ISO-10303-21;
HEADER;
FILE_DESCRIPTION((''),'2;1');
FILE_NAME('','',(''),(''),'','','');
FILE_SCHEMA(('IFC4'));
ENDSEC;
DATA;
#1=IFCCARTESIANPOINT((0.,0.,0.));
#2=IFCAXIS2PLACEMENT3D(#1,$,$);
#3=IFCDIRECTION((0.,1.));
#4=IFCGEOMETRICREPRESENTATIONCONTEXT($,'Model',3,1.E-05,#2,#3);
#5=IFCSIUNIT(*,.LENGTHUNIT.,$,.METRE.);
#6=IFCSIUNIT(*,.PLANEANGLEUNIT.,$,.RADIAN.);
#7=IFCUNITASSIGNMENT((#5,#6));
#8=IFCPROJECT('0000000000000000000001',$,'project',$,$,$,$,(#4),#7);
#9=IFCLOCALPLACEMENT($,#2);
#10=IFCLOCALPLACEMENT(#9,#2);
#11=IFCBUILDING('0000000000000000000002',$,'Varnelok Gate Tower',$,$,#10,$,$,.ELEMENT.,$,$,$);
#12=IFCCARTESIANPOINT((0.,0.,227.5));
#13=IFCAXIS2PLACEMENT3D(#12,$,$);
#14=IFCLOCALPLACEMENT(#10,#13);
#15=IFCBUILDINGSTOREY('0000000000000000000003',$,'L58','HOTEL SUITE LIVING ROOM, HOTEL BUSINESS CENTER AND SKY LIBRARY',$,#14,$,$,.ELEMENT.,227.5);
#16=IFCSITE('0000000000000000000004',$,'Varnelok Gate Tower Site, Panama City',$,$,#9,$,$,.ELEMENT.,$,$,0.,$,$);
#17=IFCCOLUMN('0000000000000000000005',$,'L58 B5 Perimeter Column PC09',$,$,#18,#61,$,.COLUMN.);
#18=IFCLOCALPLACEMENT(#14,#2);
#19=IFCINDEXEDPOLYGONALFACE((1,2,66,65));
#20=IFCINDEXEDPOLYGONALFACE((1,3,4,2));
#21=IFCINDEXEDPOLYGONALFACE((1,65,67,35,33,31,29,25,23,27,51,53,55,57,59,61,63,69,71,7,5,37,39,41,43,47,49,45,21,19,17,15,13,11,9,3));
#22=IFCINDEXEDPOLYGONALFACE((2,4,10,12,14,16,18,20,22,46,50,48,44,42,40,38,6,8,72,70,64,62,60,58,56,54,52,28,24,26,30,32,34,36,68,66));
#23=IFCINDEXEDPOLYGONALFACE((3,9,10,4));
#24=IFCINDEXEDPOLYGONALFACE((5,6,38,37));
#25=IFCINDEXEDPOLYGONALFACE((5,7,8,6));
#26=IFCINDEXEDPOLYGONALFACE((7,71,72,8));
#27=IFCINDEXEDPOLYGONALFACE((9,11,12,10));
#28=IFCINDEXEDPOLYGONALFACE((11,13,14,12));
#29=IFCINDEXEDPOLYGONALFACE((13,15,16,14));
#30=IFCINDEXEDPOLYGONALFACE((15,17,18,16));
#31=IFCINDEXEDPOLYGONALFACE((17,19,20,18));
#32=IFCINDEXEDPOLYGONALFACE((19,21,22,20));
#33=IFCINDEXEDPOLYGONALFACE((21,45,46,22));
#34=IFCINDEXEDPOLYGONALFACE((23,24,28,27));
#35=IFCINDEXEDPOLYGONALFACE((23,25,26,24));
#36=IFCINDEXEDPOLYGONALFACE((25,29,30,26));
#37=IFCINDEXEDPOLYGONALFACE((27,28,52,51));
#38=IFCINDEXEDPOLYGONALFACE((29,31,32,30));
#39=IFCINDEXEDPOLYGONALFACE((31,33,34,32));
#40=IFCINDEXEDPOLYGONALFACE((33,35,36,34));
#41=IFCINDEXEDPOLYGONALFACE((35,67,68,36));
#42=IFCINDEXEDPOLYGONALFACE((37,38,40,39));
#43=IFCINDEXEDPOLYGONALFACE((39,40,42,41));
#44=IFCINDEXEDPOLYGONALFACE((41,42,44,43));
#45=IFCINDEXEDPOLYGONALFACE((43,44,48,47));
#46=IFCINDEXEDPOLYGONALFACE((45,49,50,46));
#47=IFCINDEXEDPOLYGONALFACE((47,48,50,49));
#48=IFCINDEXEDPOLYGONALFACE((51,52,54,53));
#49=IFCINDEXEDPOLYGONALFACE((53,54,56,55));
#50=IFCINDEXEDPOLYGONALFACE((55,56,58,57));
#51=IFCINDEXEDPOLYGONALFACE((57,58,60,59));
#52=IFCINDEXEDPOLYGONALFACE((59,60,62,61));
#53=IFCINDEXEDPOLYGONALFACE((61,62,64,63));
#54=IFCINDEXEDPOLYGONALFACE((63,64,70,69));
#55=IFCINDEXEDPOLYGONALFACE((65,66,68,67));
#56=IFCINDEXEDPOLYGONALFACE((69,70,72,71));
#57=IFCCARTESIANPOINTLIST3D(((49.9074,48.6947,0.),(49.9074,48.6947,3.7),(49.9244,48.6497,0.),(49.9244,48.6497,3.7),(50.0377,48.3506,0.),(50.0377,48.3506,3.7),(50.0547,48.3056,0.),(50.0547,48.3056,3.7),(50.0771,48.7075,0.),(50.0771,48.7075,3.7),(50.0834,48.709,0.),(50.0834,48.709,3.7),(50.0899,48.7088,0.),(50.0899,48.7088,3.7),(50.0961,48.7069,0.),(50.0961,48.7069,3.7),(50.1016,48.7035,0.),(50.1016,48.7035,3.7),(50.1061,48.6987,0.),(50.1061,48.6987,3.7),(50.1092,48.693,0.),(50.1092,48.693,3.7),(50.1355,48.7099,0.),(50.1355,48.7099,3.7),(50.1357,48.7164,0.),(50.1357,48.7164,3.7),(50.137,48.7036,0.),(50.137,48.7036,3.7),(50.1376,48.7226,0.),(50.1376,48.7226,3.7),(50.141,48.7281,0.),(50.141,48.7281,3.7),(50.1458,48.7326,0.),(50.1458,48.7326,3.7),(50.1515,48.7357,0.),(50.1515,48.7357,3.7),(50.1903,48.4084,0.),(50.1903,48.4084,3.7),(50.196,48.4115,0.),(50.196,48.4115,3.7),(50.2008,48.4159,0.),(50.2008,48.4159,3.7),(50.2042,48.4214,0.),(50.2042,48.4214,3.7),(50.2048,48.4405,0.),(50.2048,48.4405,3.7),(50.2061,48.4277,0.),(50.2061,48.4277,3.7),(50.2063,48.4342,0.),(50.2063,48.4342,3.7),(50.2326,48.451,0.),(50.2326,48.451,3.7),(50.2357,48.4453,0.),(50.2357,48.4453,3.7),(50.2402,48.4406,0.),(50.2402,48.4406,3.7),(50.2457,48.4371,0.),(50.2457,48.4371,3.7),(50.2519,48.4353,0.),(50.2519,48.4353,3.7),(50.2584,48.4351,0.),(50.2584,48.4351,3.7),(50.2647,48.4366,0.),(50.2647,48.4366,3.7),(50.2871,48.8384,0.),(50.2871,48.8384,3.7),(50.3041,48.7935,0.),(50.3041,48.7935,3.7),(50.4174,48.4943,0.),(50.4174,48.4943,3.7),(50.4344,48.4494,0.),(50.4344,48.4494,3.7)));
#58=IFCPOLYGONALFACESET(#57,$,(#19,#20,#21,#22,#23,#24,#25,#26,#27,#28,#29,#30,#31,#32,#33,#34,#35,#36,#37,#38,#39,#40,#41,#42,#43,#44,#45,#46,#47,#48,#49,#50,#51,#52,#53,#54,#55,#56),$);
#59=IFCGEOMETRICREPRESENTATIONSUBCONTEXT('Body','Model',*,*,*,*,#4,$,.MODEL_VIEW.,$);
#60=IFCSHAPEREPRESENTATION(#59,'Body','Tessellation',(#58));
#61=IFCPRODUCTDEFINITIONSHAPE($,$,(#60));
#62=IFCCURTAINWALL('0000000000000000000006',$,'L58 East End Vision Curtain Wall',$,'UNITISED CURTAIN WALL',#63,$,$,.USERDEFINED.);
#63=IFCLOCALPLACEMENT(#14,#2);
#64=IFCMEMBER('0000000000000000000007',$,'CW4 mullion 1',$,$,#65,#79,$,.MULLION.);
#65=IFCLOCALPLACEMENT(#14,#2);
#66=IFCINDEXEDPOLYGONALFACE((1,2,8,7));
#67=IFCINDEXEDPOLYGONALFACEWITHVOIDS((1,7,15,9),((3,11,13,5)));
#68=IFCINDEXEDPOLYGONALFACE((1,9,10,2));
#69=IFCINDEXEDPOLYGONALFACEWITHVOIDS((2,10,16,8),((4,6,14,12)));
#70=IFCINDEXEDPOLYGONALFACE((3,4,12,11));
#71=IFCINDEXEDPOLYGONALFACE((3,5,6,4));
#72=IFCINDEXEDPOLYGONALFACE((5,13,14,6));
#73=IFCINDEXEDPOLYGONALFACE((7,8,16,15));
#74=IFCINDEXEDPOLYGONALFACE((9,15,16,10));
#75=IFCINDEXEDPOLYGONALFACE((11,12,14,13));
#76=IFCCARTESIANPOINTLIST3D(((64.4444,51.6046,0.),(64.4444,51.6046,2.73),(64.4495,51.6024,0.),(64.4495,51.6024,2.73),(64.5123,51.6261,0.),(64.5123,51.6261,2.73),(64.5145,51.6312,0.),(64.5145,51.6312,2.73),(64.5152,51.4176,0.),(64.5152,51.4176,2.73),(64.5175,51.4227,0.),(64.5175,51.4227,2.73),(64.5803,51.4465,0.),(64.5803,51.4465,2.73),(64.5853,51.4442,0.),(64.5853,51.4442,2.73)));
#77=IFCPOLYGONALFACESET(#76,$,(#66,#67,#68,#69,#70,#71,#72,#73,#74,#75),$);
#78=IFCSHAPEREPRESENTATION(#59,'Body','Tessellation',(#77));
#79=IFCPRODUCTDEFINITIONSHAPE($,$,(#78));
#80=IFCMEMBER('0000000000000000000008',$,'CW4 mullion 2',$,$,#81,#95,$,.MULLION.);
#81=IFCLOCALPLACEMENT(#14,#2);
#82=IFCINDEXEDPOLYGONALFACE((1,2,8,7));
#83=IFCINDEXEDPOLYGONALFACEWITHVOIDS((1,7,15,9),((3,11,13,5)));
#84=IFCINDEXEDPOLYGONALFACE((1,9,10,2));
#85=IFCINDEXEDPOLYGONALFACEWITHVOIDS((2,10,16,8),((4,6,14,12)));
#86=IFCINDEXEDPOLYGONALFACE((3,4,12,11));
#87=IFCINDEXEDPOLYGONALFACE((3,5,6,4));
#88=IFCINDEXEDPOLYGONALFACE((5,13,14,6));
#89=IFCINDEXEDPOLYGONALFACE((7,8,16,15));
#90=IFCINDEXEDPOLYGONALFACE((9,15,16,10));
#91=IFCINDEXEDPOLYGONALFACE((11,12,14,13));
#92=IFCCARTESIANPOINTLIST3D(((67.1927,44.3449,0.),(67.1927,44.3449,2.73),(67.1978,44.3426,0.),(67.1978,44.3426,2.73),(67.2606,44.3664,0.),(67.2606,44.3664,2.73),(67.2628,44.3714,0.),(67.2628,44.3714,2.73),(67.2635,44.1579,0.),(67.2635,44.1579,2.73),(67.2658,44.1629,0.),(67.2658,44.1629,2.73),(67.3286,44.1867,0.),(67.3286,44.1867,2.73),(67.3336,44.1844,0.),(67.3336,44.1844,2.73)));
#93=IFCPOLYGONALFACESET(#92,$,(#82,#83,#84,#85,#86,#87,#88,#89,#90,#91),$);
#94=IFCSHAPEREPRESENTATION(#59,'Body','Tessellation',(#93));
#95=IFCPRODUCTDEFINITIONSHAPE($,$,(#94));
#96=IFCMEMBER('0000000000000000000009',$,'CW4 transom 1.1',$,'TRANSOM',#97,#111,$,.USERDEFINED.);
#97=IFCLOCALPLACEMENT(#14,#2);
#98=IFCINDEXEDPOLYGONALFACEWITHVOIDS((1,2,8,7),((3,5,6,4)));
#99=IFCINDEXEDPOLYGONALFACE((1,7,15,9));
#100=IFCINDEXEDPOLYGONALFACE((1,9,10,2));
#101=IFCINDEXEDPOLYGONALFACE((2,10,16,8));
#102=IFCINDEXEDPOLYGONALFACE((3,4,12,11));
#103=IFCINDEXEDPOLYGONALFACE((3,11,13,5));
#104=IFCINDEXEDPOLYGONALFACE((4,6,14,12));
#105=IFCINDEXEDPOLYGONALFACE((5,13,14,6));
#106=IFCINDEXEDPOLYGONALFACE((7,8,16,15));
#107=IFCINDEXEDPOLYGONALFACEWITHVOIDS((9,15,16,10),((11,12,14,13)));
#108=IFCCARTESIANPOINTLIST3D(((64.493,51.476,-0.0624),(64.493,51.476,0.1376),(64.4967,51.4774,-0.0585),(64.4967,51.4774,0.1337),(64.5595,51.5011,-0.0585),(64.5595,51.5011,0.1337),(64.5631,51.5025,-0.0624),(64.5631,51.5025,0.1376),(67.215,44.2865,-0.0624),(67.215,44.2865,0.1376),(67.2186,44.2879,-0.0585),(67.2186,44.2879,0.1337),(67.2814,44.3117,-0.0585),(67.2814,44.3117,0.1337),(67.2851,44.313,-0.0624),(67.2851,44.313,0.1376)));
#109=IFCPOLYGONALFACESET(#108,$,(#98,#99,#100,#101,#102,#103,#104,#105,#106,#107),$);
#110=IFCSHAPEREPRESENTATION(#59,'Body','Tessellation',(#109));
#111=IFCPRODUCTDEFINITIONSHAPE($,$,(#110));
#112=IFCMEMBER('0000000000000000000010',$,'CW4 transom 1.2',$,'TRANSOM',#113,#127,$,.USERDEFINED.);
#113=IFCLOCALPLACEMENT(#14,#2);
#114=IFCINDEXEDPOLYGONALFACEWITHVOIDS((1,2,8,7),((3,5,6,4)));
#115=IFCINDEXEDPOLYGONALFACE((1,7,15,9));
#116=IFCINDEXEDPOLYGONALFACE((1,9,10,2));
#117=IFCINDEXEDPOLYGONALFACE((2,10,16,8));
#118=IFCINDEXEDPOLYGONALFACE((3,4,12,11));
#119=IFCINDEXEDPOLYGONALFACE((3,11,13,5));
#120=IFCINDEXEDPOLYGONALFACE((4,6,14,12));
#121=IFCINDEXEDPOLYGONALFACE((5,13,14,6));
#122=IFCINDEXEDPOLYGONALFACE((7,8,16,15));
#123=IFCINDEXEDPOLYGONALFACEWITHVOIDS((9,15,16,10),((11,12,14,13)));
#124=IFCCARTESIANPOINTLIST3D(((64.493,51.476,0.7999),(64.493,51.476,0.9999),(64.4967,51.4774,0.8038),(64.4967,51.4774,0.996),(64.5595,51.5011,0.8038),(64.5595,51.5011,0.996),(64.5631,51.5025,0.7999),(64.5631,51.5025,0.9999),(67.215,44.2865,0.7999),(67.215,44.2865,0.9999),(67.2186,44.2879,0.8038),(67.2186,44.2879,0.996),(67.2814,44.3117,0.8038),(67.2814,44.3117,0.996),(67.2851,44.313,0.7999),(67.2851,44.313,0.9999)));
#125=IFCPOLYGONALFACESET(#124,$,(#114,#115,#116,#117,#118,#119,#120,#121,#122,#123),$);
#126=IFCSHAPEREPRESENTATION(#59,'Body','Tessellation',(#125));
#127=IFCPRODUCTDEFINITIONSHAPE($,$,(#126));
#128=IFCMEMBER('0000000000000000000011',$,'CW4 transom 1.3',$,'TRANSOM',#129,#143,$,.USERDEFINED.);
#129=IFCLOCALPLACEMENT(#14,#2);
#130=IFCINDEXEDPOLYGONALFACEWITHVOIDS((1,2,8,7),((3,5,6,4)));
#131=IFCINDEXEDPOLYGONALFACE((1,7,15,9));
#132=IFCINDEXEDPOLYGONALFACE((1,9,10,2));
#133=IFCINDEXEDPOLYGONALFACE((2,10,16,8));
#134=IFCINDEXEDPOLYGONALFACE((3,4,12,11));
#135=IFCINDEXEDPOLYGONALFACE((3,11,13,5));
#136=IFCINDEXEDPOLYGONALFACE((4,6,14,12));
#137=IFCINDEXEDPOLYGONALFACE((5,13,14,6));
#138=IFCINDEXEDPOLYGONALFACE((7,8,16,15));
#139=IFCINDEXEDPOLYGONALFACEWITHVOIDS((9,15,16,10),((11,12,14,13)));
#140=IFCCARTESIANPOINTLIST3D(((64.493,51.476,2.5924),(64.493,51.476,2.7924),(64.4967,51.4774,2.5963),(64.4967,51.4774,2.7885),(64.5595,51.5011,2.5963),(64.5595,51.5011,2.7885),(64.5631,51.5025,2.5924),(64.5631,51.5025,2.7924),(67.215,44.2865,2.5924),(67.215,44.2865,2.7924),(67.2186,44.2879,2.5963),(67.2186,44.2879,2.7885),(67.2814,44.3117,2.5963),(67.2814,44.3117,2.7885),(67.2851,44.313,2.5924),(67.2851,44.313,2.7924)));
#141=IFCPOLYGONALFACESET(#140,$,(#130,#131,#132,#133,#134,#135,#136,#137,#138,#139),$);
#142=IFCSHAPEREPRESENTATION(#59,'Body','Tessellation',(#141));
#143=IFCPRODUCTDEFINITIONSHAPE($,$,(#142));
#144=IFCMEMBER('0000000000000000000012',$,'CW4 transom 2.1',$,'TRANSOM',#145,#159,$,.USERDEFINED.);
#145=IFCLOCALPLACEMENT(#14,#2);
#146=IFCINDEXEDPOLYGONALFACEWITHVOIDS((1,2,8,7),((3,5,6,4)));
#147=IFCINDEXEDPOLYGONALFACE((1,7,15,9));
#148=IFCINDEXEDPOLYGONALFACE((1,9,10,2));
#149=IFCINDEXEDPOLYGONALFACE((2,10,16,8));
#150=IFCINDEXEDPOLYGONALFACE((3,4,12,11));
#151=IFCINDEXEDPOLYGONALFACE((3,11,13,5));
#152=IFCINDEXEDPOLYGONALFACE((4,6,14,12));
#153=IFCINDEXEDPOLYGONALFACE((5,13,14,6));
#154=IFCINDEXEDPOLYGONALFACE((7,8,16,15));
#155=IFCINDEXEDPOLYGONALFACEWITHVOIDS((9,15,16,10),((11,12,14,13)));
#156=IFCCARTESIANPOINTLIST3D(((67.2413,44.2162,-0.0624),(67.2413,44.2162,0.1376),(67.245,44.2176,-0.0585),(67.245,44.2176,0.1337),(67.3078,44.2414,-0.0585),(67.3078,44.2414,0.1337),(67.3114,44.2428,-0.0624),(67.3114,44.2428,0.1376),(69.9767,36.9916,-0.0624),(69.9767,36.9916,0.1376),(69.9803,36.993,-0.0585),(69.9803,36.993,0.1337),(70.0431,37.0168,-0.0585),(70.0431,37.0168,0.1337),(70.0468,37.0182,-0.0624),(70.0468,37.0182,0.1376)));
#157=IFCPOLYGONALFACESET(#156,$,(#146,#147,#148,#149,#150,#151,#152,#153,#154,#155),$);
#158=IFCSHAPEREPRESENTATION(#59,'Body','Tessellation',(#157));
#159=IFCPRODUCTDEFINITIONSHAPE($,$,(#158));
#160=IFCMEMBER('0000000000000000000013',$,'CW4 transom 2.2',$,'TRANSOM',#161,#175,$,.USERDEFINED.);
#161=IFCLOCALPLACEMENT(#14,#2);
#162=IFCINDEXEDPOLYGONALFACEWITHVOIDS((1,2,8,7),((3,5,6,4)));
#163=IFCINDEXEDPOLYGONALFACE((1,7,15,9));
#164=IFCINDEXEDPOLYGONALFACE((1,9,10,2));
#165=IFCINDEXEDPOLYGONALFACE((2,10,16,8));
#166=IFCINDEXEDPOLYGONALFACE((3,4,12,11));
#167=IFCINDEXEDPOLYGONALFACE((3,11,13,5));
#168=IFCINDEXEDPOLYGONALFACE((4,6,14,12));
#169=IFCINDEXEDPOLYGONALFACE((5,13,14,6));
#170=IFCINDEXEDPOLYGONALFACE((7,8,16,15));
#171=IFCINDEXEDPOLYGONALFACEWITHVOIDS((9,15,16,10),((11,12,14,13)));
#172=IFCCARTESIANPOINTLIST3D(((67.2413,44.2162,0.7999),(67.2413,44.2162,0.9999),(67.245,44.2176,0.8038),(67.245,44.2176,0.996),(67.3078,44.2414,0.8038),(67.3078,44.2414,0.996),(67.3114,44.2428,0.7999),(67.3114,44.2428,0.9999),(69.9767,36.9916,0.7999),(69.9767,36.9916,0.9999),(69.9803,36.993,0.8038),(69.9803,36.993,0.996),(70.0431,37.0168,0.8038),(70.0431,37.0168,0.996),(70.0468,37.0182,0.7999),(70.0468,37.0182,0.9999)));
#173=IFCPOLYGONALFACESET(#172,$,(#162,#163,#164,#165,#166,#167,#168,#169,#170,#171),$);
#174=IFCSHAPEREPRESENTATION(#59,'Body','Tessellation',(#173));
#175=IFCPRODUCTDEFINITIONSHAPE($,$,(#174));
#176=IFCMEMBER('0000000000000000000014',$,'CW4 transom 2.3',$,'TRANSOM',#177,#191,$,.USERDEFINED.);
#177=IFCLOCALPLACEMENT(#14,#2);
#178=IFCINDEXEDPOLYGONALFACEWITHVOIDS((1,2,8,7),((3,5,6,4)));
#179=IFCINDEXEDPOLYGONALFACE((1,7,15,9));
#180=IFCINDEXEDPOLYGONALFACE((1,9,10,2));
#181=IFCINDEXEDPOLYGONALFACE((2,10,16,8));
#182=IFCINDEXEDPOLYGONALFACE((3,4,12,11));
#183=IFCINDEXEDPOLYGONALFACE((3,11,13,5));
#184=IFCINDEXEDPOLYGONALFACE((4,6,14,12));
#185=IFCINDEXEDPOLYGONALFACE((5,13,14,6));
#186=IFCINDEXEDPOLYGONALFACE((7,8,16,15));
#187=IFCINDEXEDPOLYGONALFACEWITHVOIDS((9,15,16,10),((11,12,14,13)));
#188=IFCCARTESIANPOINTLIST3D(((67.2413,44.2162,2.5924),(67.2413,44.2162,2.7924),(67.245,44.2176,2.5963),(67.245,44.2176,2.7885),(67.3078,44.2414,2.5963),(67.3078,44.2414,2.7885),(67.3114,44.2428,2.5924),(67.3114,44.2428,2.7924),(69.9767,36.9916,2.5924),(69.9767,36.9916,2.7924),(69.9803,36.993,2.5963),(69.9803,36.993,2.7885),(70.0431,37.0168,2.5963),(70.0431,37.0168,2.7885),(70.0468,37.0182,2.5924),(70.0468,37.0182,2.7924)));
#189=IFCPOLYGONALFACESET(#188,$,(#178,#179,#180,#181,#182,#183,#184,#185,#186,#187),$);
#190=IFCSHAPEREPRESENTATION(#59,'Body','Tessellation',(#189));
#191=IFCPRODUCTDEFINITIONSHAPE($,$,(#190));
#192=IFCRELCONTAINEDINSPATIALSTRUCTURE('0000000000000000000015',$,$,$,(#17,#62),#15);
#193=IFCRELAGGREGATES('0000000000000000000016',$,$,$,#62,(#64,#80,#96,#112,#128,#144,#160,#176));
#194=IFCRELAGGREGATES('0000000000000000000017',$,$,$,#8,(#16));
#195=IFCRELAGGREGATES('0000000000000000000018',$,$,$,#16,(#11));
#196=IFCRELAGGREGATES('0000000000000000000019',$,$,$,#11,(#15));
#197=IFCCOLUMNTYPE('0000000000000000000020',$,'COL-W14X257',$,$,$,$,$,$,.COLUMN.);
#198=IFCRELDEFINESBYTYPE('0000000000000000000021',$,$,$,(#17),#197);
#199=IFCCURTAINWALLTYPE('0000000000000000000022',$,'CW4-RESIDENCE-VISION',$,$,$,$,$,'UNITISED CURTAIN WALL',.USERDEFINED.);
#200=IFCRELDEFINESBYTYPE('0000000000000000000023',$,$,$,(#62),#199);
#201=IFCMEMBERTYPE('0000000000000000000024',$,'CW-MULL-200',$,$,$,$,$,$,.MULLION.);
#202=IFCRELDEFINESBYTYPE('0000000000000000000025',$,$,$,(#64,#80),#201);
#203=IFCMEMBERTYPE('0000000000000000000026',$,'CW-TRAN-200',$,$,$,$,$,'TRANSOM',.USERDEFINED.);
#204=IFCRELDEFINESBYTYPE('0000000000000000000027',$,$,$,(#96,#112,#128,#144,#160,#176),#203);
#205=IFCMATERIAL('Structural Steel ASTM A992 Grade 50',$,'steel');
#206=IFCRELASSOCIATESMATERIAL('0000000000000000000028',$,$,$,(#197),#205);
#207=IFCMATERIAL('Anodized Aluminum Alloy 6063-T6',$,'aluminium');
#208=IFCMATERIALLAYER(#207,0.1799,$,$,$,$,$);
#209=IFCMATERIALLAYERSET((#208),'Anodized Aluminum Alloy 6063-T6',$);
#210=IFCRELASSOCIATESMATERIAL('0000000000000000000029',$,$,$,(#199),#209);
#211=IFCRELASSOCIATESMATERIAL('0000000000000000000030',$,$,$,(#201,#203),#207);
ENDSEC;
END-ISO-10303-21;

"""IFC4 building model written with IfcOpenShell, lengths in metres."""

from ifc_helpers import new_model, si_unit, direction, frame, origin, origin_2d, place, context, subcontext, project, spatial, hollow_rectangle, i_section, extrude, material, layer, layer_set, material_profile, profile_set, type_object, element, aggregate, save


model = new_model("IFC4")

# Units and contexts
model_context = context("Model", 3, precision=1e-05, world=origin(), true_north=direction((0.0, 1.0)))
body_context = subcontext(model_context, "Body", "Model", "MODEL_VIEW")
ifc_project = project(units=[si_unit("LENGTHUNIT", "METRE"), si_unit("PLANEANGLEUNIT", "RADIAN")], contexts=[model_context])

# Site, building, storey
site_placement = place(None, origin())
site = spatial("IfcSite", under=ifc_project, at=site_placement, Name="Varnelok Gate Tower Site, Panama City", CompositionType="ELEMENT", RefElevation=0.0)
building_placement = place(site_placement, origin())
building = spatial("IfcBuilding", under=site, at=building_placement, Name="Varnelok Gate Tower", CompositionType="ELEMENT")
storey_placement = place(building_placement, frame((0.0, 0.0, 227.5)))
storey = spatial("IfcBuildingStorey", under=building, at=storey_placement, Name="L58", Description="HOTEL SUITE LIVING ROOM, HOTEL BUSINESS CENTER AND SKY LIBRARY", CompositionType="ELEMENT", Elevation=227.5)

# Column
ifc_material_1 = material(Name="Structural Steel ASTM A992 Grade 50", Category="steel")
ifc_material_profile_1 = material_profile(ifc_material_1, i_section(OverallWidth=0.406, OverallDepth=0.416, WebThickness=0.0298, FlangeThickness=0.0481, FilletRadius=0.0249, at=origin_2d()), Name="W14X257")
ifc_profile_set_1 = profile_set([ifc_material_profile_1], Name="Structural Steel ASTM A992 Grade 50")
column_type = type_object("IfcColumnType", Name="COL-W14X257", PredefinedType="COLUMN", material=ifc_profile_set_1)
column_placement = place(storey_placement, frame((50.1709, 48.572, 0.0), z_axis=(0.0, 0.0, 1.0), x_axis=(0.935222, 0.354063, 0.0)))
element("IfcColumn", 1, at=column_placement, inside=storey, type_object=column_type, Name="L58 B5 Perimeter Column PC09", PredefinedType="COLUMN", context=body_context, shape_type="SweptSolid", body=[
    extrude(i_section(OverallWidth=0.406, OverallDepth=0.416, WebThickness=0.0298, FlangeThickness=0.0481, FilletRadius=0.0249, at=origin_2d()), origin(), (0.0, 0.0, 1.0), 3.7),
])

# Curtain wall, members
ifc_material_2 = material(Name="Anodized Aluminum Alloy 6063-T6", Category="aluminium")
ifc_layer_1 = layer(ifc_material_2, 0.1799)
ifc_layer_set_1 = layer_set([ifc_layer_1], Name="Anodized Aluminum Alloy 6063-T6")
curtain_wall_type = type_object("IfcCurtainWallType", Name="CW4-RESIDENCE-VISION", ElementType="UNITISED CURTAIN WALL", PredefinedType="USERDEFINED", material=ifc_layer_set_1)
curtain_wall_placement = place(storey_placement, origin())
curtain_wall = element("IfcCurtainWall", 2, at=curtain_wall_placement, inside=storey, type_object=curtain_wall_type, Name="L58 East End Vision Curtain Wall", ObjectType="UNITISED CURTAIN WALL", PredefinedType="USERDEFINED")
ifc_material_profile_2 = material_profile(ifc_material_2, hollow_rectangle(XDim=0.075, YDim=0.2, WallThickness=0.0039, at=origin_2d()), Name="ALU200X75X4")
ifc_profile_set_2 = profile_set([ifc_material_profile_2], Name="Anodized Aluminum Alloy 6063-T6")
member_type_1 = type_object("IfcMemberType", Name="CW-MULL-200", PredefinedType="MULLION", material=ifc_profile_set_2)
member_1_placement = place(storey_placement, frame((64.5149, 51.5244, 0.0), z_axis=(0.0, 0.0, 1.0), x_axis=(0.935222, 0.354063, 0.0)))
member_1 = element("IfcMember", 3, at=member_1_placement, type_object=member_type_1, Name="CW4 mullion 1", PredefinedType="MULLION", context=body_context, shape_type="SweptSolid", body=[
    extrude(hollow_rectangle(XDim=0.075, YDim=0.2, WallThickness=0.0039, at=origin_2d()), origin(), (0.0, 0.0, 1.0), 2.73),
])
member_2_placement = place(storey_placement, frame((67.2632, 44.2646, 0.0), z_axis=(0.0, 0.0, 1.0), x_axis=(0.935222, 0.354063, 0.0)))
member_2 = element("IfcMember", 4, at=member_2_placement, type_object=member_type_1, Name="CW4 mullion 2", PredefinedType="MULLION", context=body_context, shape_type="SweptSolid", body=[
    extrude(hollow_rectangle(XDim=0.075, YDim=0.2, WallThickness=0.0039, at=origin_2d()), origin(), (0.0, 0.0, 1.0), 2.73),
])
ifc_material_profile_3 = material_profile(ifc_material_2, hollow_rectangle(XDim=0.075, YDim=0.2, WallThickness=0.0039, at=origin_2d()), Name="ALU200X75X4")
ifc_profile_set_3 = profile_set([ifc_material_profile_3], Name="Anodized Aluminum Alloy 6063-T6")
member_type_2 = type_object("IfcMemberType", Name="CW-TRAN-200", ElementType="TRANSOM", PredefinedType="USERDEFINED", material=ifc_profile_set_3)
member_3_placement = place(storey_placement, frame((64.5281, 51.4893, 0.0376), z_axis=(0.354073, -0.935218, 0.0), x_axis=(0.935218, 0.354073, 0.0)))
member_3 = element("IfcMember", 5, at=member_3_placement, type_object=member_type_2, Name="CW4 transom 1.1", ObjectType="TRANSOM", PredefinedType="USERDEFINED", context=body_context, shape_type="SweptSolid", body=[
    extrude(hollow_rectangle(XDim=0.075, YDim=0.2, WallThickness=0.0039, at=origin_2d()), origin(), (0.0, 0.0, 1.0), 7.6875),
])
member_4_placement = place(storey_placement, frame((64.5281, 51.4893, 0.8999), z_axis=(0.354073, -0.935218, 0.0), x_axis=(0.935218, 0.354073, 0.0)))
member_4 = element("IfcMember", 6, at=member_4_placement, type_object=member_type_2, Name="CW4 transom 1.2", ObjectType="TRANSOM", PredefinedType="USERDEFINED", context=body_context, shape_type="SweptSolid", body=[
    extrude(hollow_rectangle(XDim=0.075, YDim=0.2, WallThickness=0.0039, at=origin_2d()), origin(), (0.0, 0.0, 1.0), 7.6875),
])
member_5_placement = place(storey_placement, frame((64.5281, 51.4893, 2.6924), z_axis=(0.354073, -0.935218, 0.0), x_axis=(0.935218, 0.354073, 0.0)))
member_5 = element("IfcMember", 7, at=member_5_placement, type_object=member_type_2, Name="CW4 transom 1.3", ObjectType="TRANSOM", PredefinedType="USERDEFINED", context=body_context, shape_type="SweptSolid", body=[
    extrude(hollow_rectangle(XDim=0.075, YDim=0.2, WallThickness=0.0039, at=origin_2d()), origin(), (0.0, 0.0, 1.0), 7.6875),
])
member_6_placement = place(storey_placement, frame((67.2764, 44.2295, 0.0376), z_axis=(0.354086, -0.935213, 0.0), x_axis=(0.935213, 0.354086, 0.0)))
member_6 = element("IfcMember", 8, at=member_6_placement, type_object=member_type_2, Name="CW4 transom 2.1", ObjectType="TRANSOM", PredefinedType="USERDEFINED", context=body_context, shape_type="SweptSolid", body=[
    extrude(hollow_rectangle(XDim=0.075, YDim=0.2, WallThickness=0.0039, at=origin_2d()), origin(), (0.0, 0.0, 1.0), 7.7251),
])
member_7_placement = place(storey_placement, frame((67.2764, 44.2295, 0.8999), z_axis=(0.354086, -0.935213, 0.0), x_axis=(0.935213, 0.354086, 0.0)))
member_7 = element("IfcMember", 9, at=member_7_placement, type_object=member_type_2, Name="CW4 transom 2.2", ObjectType="TRANSOM", PredefinedType="USERDEFINED", context=body_context, shape_type="SweptSolid", body=[
    extrude(hollow_rectangle(XDim=0.075, YDim=0.2, WallThickness=0.0039, at=origin_2d()), origin(), (0.0, 0.0, 1.0), 7.7251),
])
member_8_placement = place(storey_placement, frame((67.2764, 44.2295, 2.6924), z_axis=(0.354086, -0.935213, 0.0), x_axis=(0.935213, 0.354086, 0.0)))
member_8 = element("IfcMember", 10, at=member_8_placement, type_object=member_type_2, Name="CW4 transom 2.3", ObjectType="TRANSOM", PredefinedType="USERDEFINED", context=body_context, shape_type="SweptSolid", body=[
    extrude(hollow_rectangle(XDim=0.075, YDim=0.2, WallThickness=0.0039, at=origin_2d()), origin(), (0.0, 0.0, 1.0), 7.7251),
])
aggregate(curtain_wall, [member_1, member_2, member_3, member_4, member_5, member_6, member_7, member_8])

save(model, "model.ifc")
